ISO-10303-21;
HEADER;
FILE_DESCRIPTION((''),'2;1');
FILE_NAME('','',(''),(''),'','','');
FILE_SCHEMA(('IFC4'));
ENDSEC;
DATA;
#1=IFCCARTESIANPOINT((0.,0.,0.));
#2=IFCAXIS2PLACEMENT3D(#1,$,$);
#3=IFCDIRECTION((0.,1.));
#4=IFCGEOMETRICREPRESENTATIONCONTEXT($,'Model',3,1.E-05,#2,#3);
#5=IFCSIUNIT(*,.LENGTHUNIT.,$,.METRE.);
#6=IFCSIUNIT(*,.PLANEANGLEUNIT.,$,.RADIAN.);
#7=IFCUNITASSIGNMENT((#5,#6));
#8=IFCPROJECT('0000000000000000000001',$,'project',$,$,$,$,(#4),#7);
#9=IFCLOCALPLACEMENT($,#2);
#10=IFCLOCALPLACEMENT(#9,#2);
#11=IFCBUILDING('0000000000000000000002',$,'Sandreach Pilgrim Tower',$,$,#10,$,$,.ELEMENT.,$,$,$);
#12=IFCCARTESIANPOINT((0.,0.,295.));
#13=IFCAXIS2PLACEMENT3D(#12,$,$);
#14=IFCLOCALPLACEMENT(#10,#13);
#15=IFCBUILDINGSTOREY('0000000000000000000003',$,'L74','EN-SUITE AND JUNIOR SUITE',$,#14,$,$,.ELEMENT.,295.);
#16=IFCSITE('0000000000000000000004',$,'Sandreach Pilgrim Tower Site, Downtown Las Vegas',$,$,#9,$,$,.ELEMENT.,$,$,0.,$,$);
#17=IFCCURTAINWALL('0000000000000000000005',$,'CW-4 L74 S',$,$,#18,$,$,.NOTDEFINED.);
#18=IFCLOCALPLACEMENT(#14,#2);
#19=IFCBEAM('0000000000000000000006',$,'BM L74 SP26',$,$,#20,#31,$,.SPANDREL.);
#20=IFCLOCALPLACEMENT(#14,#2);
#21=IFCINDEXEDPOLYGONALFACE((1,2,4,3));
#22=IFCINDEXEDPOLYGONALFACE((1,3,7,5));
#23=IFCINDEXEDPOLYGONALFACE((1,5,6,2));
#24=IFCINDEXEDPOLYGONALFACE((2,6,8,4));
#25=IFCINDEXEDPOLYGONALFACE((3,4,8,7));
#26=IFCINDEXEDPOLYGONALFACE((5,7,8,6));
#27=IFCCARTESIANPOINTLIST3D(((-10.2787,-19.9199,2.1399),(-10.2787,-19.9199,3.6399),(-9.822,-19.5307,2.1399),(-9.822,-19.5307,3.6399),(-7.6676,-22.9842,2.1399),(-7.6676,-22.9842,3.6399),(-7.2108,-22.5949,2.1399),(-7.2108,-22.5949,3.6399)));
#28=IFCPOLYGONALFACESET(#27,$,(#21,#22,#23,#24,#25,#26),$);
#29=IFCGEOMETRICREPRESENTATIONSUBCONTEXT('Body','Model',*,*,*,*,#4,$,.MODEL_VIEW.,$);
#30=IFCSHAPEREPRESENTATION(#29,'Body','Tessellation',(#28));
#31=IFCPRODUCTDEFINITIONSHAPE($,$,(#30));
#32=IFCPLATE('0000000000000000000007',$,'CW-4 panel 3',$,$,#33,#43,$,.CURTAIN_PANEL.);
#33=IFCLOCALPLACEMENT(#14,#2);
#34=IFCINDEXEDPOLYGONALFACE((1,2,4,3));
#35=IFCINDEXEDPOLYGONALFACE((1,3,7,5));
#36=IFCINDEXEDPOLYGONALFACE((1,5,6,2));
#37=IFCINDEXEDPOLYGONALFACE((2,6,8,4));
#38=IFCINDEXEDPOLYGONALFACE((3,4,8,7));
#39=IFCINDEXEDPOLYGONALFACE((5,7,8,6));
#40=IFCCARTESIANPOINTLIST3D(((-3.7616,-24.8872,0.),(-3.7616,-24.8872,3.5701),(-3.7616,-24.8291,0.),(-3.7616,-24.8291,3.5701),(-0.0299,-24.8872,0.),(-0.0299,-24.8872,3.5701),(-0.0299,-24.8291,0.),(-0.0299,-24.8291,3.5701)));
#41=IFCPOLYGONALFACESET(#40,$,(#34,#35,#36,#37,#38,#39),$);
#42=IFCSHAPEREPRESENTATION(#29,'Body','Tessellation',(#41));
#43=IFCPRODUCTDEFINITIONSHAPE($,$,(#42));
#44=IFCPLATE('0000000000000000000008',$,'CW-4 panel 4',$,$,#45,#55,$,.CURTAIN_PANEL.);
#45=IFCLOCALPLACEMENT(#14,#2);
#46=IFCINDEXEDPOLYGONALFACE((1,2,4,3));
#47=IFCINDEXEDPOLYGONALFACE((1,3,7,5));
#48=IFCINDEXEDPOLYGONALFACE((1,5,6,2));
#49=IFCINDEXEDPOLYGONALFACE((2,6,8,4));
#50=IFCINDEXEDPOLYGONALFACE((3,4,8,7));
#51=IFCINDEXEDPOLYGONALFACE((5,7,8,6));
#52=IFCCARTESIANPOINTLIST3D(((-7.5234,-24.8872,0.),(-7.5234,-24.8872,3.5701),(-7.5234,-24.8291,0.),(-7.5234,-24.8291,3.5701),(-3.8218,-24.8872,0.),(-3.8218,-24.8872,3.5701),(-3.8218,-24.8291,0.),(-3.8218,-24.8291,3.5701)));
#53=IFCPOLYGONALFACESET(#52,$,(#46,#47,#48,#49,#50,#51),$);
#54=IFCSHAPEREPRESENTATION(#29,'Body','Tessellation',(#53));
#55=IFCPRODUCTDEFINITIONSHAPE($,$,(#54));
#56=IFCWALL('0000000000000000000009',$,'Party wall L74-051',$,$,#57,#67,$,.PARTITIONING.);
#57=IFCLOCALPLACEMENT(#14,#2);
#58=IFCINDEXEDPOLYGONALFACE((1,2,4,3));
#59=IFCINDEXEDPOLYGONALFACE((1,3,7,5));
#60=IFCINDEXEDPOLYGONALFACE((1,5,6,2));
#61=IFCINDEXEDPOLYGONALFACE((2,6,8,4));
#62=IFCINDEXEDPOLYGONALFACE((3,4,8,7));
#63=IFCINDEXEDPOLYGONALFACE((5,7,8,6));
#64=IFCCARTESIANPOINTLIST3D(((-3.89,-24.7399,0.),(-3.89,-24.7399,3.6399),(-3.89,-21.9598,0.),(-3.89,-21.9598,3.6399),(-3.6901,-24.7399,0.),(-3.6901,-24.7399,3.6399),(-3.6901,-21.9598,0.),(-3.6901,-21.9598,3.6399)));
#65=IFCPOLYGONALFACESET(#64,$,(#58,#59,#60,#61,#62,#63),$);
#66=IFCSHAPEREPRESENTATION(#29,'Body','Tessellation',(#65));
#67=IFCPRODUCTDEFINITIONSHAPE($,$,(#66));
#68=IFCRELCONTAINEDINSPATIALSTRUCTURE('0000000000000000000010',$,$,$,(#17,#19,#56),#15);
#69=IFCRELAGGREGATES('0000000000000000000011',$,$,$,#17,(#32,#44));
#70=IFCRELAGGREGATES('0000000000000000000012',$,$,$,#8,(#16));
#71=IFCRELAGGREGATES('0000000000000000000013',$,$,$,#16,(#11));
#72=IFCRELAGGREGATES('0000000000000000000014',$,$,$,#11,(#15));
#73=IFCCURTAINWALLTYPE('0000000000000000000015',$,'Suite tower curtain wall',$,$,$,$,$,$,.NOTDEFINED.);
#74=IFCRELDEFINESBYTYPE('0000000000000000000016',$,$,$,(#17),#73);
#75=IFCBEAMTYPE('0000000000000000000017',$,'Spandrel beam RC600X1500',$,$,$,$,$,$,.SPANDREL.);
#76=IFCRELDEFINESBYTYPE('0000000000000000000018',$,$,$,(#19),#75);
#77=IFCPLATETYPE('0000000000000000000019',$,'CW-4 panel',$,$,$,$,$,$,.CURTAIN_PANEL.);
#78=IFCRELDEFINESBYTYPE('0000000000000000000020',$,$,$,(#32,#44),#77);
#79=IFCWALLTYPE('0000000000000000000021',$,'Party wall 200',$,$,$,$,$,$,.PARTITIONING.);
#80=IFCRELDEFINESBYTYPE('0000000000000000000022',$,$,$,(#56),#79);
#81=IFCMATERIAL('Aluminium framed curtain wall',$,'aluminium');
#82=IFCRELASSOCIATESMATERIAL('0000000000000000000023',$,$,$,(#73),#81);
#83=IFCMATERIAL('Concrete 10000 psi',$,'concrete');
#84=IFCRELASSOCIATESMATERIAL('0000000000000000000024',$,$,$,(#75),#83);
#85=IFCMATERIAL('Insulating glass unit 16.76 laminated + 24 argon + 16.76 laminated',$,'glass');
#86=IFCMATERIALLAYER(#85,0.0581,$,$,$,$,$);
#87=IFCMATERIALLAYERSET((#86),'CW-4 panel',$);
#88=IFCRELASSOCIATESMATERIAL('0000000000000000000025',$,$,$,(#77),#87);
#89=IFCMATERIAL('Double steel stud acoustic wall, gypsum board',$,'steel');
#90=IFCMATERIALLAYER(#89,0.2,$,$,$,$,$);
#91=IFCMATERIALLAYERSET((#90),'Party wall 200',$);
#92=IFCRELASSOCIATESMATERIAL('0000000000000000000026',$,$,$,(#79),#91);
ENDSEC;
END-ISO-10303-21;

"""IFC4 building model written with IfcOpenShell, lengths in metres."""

from ifc_helpers import new_model, si_unit, direction, frame, frame_2d, origin, origin_2d, place, context, subcontext, project, spatial, rectangle, extrude, material, layer, layer_set, material_profile, profile_set, type_object, element, aggregate, save


model = new_model("IFC4")

# Units and contexts
model_context = context("Model", 3, precision=1e-05, world=origin(), true_north=direction((0.0, 1.0)))
body_context = subcontext(model_context, "Body", "Model", "MODEL_VIEW")
ifc_project = project(units=[si_unit("LENGTHUNIT", "METRE"), si_unit("PLANEANGLEUNIT", "RADIAN")], contexts=[model_context])

# Site, building, storey
site_placement = place(None, origin())
site = spatial("IfcSite", under=ifc_project, at=site_placement, Name="Sandreach Pilgrim Tower Site, Downtown Las Vegas", CompositionType="ELEMENT", RefElevation=0.0)
building_placement = place(site_placement, origin())
building = spatial("IfcBuilding", under=site, at=building_placement, Name="Sandreach Pilgrim Tower", CompositionType="ELEMENT")
storey_placement = place(building_placement, frame((0.0, 0.0, 295.0)))
storey = spatial("IfcBuildingStorey", under=building, at=storey_placement, Name="L74", Description="EN-SUITE AND JUNIOR SUITE", CompositionType="ELEMENT", Elevation=295.0)

# Curtain wall
ifc_material_1 = material(Name="Aluminium framed curtain wall", Category="aluminium")
curtain_wall_type = type_object("IfcCurtainWallType", Name="Suite tower curtain wall", PredefinedType="NOTDEFINED", material=ifc_material_1)
curtain_wall_placement = place(storey_placement, origin())
curtain_wall = element("IfcCurtainWall", 1, at=curtain_wall_placement, inside=storey, type_object=curtain_wall_type, Name="CW-4 L74 S", PredefinedType="NOTDEFINED")

# Beam
ifc_material_2 = material(Name="Concrete 10000 psi", Category="concrete")
ifc_material_profile_1 = material_profile(ifc_material_2, rectangle(XDim=0.6001, YDim=1.5, at=origin_2d()), Name="RC600X1500")
ifc_profile_set_1 = profile_set([ifc_material_profile_1], Name="Concrete 10000 psi")
beam_type_1 = type_object("IfcBeamType", Name="Spandrel beam RC600X1500", PredefinedType="SPANDREL", material=ifc_profile_set_1)
beam_1_placement = place(storey_placement, frame((-7.4392, -22.7896, 2.8899), z_axis=(-0.648586, 0.761141, 0.0), x_axis=(-0.761141, -0.648586, 0.0)))
element("IfcBeam", 2, at=beam_1_placement, inside=storey, type_object=beam_type_1, Name="BM L74 SP26", PredefinedType="SPANDREL", context=body_context, shape_type="SweptSolid", body=[
    extrude(rectangle(XDim=0.6001, YDim=1.5, at=origin_2d()), origin(), (0.0, 0.0, 1.0), 4.0259),
])

# Plates
ifc_material_3 = material(Name="Insulating glass unit 16.76 laminated + 24 argon + 16.76 laminated", Category="glass")
ifc_layer_1 = layer(ifc_material_3, 0.0581)
ifc_layer_set_1 = layer_set([ifc_layer_1], Name="CW-4 panel")
plate_type = type_object("IfcPlateType", Name="CW-4 panel", PredefinedType="CURTAIN_PANEL", material=ifc_layer_set_1)
plate_1_placement = place(storey_placement, frame((-1.8958, -24.8582, 0.0), z_axis=(0.0, 0.0, 1.0), x_axis=(-1.0, 0.0, 0.0)))
plate_1 = element("IfcPlate", 3, at=plate_1_placement, type_object=plate_type, Name="CW-4 panel 3", PredefinedType="CURTAIN_PANEL", context=body_context, shape_type="SweptSolid", body=[
    extrude(rectangle(XDim=3.7317, YDim=0.0581, at=origin_2d()), origin(), (0.0, 0.0, 1.0), 3.5701),
])
plate_2_placement = place(storey_placement, frame((-5.6726, -24.8582, 0.0), z_axis=(0.0, 0.0, 1.0), x_axis=(-1.0, 0.0, 0.0)))
plate_2 = element("IfcPlate", 4, at=plate_2_placement, type_object=plate_type, Name="CW-4 panel 4", PredefinedType="CURTAIN_PANEL", context=body_context, shape_type="SweptSolid", body=[
    extrude(rectangle(XDim=3.7017, YDim=0.0581, at=origin_2d()), origin(), (0.0, 0.0, 1.0), 3.5701),
])
aggregate(curtain_wall, [plate_1, plate_2])

# Wall
ifc_material_4 = material(Name="Double steel stud acoustic wall, gypsum board", Category="steel")
ifc_layer_2 = layer(ifc_material_4, 0.2)
ifc_layer_set_2 = layer_set([ifc_layer_2], Name="Party wall 200")
wall_type = type_object("IfcWallType", Name="Party wall 200", PredefinedType="PARTITIONING", material=ifc_layer_set_2)
wall_placement = place(storey_placement, frame((-3.79, -24.74, 0.0), z_axis=(0.0, 0.0, 1.0), x_axis=(0.0, 1.0, 0.0)))
element("IfcWall", 5, at=wall_placement, inside=storey, type_object=wall_type, Name="Party wall L74-051", PredefinedType="PARTITIONING", context=body_context, shape_type="SweptSolid", body=[
    extrude(rectangle(XDim=2.78, YDim=0.2, at=frame_2d((1.3901, 0.0))), origin(), (0.0, 0.0, 1.0), 3.6399),
])

save(model, "model.ifc")
